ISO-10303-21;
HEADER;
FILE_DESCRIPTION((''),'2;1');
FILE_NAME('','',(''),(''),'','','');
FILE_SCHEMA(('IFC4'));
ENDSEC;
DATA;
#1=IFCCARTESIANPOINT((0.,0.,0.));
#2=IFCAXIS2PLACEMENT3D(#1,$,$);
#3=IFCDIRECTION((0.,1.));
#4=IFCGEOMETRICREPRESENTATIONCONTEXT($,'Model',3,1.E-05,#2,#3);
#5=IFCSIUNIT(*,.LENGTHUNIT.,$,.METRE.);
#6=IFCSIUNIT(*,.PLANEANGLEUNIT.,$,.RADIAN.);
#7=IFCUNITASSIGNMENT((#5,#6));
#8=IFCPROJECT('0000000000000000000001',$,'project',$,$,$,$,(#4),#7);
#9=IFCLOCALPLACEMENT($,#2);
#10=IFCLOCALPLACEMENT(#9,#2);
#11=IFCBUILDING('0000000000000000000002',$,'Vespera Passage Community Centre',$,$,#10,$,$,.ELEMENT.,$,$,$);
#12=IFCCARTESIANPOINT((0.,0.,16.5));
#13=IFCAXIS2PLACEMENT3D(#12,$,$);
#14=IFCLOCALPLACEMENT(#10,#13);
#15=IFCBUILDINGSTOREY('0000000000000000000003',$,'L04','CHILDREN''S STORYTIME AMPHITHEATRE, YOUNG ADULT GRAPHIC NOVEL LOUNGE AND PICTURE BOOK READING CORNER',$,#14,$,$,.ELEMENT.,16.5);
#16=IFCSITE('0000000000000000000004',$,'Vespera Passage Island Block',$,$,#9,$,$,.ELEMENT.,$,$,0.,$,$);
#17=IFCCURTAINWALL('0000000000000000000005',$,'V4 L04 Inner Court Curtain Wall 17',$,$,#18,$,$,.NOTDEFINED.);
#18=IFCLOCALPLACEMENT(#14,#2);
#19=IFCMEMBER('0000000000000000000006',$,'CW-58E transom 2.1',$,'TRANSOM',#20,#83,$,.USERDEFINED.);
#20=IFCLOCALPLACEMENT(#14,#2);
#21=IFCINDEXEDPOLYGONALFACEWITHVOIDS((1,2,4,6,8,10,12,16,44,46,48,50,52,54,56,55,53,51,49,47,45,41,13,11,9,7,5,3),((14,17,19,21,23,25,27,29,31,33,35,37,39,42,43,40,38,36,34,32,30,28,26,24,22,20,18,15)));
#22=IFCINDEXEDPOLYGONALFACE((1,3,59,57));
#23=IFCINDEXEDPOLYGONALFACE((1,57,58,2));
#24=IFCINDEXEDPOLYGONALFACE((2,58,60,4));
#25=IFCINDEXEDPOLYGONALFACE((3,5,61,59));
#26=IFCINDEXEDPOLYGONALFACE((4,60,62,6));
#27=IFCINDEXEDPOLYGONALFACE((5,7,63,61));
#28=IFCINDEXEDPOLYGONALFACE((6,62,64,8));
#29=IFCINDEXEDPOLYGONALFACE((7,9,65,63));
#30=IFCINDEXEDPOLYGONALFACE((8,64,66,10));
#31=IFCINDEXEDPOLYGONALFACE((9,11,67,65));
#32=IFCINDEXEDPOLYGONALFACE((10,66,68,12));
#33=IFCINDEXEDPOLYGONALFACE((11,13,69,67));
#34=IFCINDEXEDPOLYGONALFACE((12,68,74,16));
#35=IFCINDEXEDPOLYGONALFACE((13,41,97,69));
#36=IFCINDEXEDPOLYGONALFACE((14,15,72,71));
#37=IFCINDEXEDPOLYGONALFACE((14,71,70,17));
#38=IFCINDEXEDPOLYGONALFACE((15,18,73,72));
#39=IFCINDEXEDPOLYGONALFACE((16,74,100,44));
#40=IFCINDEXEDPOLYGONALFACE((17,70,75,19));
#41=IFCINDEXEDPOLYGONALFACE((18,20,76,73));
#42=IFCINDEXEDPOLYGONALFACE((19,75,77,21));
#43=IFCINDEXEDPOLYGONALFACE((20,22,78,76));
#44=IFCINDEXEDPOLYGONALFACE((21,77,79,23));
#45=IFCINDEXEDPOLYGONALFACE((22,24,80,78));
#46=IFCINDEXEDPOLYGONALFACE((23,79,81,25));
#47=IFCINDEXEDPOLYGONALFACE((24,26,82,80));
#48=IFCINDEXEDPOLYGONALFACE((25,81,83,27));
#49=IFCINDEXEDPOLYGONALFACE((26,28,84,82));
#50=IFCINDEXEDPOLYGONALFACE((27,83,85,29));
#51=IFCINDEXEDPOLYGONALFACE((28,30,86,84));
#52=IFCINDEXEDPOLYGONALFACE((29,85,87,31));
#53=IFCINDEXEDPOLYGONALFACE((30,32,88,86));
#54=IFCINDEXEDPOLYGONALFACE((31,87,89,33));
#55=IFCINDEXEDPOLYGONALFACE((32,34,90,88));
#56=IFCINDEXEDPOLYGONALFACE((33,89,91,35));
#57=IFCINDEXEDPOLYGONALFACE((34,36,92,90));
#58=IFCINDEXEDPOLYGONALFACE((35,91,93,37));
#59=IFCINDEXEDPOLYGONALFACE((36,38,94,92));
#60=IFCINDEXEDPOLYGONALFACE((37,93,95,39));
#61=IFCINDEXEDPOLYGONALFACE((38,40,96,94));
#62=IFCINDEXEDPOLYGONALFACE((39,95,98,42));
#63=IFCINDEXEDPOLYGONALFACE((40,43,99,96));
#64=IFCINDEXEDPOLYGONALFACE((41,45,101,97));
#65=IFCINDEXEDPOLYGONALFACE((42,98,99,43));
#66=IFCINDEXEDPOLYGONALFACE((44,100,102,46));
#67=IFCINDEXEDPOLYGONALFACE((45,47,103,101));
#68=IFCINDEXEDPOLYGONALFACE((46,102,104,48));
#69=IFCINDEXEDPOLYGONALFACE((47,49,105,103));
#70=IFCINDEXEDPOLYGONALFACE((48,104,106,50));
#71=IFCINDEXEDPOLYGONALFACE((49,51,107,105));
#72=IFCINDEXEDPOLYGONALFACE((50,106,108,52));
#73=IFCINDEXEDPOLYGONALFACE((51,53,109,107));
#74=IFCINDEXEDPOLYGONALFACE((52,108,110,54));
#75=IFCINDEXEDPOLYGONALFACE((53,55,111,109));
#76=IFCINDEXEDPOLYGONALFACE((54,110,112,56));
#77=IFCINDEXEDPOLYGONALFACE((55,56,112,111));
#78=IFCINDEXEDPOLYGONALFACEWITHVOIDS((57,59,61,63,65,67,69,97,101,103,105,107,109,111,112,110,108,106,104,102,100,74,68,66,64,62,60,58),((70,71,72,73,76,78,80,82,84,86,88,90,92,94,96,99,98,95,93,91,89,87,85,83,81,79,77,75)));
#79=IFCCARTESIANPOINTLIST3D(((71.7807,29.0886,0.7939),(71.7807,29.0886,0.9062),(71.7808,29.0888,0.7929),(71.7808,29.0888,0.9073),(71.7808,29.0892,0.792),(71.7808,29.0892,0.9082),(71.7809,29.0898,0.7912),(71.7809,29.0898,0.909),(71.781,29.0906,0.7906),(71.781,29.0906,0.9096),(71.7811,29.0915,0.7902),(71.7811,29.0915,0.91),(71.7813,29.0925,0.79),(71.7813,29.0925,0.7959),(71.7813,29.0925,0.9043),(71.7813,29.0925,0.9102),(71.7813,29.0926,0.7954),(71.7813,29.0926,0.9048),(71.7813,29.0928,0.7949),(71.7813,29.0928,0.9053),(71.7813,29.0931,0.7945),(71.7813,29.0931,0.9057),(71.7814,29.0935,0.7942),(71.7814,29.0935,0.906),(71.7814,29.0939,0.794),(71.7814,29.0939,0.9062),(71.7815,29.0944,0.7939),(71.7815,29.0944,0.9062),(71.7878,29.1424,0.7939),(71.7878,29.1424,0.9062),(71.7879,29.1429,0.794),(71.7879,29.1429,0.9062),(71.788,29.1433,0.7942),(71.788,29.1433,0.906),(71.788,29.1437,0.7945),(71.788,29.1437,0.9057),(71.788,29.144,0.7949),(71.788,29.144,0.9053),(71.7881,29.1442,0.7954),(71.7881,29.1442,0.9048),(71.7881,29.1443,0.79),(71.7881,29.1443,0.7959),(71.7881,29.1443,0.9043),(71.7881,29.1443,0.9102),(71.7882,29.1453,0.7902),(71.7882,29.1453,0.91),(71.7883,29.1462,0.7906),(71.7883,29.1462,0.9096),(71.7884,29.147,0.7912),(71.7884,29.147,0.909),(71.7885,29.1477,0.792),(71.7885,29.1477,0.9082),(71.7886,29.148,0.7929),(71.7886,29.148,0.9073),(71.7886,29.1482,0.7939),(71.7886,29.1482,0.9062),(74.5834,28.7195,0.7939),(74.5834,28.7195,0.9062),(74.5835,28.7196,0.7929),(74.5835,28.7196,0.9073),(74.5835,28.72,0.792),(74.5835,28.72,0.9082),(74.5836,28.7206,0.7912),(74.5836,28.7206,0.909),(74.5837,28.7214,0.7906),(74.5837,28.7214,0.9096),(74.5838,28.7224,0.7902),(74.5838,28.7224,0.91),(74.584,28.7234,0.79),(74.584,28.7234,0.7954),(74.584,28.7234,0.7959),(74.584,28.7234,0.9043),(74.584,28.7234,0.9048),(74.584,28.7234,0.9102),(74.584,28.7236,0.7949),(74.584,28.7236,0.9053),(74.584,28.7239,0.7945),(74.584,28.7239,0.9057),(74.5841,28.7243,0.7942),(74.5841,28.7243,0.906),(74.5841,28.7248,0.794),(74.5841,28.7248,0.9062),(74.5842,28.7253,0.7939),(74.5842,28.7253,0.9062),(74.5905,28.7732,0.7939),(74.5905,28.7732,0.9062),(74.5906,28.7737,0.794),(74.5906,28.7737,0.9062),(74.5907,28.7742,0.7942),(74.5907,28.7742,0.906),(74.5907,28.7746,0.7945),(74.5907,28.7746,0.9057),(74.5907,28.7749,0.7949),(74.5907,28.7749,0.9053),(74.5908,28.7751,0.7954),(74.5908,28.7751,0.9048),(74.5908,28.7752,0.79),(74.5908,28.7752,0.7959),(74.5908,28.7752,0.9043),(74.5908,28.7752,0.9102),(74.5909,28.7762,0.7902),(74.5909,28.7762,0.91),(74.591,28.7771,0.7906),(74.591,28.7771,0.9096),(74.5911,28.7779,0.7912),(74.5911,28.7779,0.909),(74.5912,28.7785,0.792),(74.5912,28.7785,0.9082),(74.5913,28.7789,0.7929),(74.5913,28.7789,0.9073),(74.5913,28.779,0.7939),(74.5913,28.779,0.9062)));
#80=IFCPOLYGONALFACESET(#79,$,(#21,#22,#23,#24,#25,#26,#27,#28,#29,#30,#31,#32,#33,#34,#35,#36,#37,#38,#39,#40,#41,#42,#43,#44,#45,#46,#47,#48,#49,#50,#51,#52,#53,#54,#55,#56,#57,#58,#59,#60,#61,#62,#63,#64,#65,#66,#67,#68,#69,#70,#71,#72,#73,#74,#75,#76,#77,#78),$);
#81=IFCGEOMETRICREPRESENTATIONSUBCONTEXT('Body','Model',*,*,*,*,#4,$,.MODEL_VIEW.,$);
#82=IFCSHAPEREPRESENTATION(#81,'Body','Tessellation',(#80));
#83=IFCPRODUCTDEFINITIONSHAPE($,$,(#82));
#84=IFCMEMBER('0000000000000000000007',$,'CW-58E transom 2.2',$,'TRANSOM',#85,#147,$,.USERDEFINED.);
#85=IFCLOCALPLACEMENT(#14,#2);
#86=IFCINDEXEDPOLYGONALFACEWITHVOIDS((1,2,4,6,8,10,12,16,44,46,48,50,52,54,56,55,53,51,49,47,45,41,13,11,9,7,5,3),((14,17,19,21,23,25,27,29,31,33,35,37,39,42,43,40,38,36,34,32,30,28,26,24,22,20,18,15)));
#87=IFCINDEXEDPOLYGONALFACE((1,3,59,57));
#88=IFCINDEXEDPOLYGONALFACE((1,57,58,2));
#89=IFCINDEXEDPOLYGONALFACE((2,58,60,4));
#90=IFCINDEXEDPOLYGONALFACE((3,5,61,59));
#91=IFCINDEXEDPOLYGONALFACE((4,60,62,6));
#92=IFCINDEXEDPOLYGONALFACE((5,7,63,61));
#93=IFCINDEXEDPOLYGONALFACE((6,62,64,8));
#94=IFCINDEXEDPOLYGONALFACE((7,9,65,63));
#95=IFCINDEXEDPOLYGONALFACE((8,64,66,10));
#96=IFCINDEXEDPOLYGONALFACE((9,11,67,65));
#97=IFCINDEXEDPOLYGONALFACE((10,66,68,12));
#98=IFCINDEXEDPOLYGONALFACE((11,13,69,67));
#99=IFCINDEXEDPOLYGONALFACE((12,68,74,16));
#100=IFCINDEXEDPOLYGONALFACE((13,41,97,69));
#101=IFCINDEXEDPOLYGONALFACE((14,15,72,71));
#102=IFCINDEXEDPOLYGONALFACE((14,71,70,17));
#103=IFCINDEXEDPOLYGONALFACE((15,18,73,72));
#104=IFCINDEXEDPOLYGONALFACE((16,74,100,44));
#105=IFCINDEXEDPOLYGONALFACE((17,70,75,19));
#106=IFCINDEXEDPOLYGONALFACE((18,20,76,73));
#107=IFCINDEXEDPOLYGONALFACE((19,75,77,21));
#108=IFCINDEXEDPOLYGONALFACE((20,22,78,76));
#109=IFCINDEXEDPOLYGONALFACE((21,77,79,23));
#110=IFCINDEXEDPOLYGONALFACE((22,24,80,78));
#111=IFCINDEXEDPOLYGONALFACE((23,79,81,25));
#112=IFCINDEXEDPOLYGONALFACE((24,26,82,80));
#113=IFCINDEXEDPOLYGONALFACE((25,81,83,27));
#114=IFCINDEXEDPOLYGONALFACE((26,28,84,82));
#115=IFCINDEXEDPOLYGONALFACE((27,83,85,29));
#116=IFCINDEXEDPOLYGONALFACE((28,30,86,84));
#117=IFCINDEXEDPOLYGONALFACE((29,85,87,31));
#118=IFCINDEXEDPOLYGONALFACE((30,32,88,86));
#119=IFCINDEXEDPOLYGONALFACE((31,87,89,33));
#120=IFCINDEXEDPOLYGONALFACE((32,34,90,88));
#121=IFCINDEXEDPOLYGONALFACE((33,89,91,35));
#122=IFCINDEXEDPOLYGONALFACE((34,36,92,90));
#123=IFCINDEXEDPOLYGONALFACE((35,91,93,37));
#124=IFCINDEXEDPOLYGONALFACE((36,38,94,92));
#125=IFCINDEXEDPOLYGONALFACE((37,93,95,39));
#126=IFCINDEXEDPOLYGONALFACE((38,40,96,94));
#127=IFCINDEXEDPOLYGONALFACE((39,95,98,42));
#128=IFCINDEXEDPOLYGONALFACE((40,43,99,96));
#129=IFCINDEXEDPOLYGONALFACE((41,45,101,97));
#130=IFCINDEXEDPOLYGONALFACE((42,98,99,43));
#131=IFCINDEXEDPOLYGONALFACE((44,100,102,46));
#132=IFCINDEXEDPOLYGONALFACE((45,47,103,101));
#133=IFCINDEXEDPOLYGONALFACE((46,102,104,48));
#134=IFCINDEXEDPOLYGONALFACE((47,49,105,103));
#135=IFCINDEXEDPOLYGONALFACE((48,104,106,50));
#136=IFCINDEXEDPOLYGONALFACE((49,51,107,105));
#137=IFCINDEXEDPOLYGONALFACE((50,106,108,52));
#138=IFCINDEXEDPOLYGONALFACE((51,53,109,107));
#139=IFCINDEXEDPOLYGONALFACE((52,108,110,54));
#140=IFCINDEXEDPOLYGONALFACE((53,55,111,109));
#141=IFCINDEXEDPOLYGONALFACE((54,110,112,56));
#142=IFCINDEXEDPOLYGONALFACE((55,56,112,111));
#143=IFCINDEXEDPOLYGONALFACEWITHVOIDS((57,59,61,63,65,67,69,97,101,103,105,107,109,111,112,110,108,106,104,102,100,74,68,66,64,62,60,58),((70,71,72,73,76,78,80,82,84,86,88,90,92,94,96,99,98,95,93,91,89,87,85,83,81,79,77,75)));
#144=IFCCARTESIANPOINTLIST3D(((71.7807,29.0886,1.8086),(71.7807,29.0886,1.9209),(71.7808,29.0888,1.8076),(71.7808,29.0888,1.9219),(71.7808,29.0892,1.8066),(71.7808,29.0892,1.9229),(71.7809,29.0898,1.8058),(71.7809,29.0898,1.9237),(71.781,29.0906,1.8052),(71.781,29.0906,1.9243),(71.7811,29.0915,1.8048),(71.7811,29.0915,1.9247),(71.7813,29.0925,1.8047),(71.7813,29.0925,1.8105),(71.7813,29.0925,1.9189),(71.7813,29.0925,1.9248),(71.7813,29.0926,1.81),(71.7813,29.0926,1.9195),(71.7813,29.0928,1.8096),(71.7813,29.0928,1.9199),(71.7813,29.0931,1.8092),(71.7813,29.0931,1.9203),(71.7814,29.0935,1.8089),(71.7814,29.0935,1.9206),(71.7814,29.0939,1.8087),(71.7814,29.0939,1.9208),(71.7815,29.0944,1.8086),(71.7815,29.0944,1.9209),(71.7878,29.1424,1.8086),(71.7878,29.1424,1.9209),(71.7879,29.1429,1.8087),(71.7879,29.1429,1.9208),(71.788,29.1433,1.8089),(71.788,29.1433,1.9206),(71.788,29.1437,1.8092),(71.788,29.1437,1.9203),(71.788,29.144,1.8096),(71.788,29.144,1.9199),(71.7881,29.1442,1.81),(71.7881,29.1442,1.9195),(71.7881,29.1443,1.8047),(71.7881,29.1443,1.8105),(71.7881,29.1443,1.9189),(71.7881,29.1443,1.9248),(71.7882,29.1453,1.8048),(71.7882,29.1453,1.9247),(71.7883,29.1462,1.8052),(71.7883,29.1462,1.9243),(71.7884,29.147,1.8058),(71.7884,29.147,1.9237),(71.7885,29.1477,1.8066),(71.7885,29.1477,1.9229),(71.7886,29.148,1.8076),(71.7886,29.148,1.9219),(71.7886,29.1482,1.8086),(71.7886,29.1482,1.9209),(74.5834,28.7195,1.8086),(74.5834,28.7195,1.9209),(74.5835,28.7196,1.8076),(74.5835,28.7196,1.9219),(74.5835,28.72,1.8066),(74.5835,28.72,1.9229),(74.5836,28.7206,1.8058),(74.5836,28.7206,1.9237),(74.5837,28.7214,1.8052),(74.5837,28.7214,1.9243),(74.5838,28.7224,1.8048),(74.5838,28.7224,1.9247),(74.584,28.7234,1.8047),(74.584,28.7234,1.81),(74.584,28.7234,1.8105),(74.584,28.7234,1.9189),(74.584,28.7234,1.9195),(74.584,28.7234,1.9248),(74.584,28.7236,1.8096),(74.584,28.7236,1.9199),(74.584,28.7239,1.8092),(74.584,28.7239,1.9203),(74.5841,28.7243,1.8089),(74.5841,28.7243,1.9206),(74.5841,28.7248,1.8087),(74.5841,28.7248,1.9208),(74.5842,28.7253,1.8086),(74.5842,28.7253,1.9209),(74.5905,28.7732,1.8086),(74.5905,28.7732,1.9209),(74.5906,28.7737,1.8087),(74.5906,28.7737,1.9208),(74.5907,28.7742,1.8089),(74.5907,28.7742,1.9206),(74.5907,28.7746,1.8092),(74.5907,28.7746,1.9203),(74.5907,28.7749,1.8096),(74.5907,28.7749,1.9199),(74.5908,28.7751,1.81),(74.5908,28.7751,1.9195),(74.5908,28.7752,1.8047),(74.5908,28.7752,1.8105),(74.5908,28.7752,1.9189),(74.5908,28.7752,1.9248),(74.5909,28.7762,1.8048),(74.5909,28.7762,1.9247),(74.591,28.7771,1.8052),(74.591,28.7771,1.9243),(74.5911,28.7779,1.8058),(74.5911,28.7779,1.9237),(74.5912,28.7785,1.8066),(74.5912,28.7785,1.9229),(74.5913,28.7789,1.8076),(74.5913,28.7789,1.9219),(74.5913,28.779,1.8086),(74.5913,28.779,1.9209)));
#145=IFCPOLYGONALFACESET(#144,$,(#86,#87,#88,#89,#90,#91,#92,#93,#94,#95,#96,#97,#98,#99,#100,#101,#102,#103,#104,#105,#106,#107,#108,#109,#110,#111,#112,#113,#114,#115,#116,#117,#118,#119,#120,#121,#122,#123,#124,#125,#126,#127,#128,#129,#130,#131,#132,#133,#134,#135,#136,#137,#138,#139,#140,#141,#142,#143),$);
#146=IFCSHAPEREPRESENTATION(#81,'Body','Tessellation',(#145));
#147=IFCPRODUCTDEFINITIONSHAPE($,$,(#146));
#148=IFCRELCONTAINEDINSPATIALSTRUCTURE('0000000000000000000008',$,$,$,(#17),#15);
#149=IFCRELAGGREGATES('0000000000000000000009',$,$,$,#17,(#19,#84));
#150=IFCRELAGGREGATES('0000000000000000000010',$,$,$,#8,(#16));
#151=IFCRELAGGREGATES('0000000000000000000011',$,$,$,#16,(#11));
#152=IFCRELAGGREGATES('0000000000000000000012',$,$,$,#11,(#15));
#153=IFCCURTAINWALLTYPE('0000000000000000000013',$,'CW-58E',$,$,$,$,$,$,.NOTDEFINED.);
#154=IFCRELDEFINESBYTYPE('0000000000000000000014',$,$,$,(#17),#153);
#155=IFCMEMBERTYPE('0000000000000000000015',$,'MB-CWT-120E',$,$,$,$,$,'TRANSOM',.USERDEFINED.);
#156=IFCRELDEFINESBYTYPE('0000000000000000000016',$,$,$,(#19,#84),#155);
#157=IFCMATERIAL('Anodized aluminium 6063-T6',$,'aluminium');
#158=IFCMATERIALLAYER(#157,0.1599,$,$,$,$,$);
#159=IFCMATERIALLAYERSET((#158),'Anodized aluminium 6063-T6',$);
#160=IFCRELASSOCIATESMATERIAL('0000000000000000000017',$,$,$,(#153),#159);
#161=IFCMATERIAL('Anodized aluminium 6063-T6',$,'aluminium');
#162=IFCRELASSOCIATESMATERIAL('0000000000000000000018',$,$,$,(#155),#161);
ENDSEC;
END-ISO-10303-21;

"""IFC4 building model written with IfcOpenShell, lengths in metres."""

from ifc_helpers import new_model, si_unit, direction, frame, origin, origin_2d, place, context, subcontext, project, spatial, hollow_rectangle, extrude, material, layer, layer_set, material_profile, profile_set, type_object, element, aggregate, save


model = new_model("IFC4")

# Units and contexts
model_context = context("Model", 3, precision=1e-05, world=origin(), true_north=direction((0.0, 1.0)))
body_context = subcontext(model_context, "Body", "Model", "MODEL_VIEW")
ifc_project = project(units=[si_unit("LENGTHUNIT", "METRE"), si_unit("PLANEANGLEUNIT", "RADIAN")], contexts=[model_context])

# Site, building, storey
site_placement = place(None, origin())
site = spatial("IfcSite", under=ifc_project, at=site_placement, Name="Vespera Passage Island Block", CompositionType="ELEMENT", RefElevation=0.0)
building_placement = place(site_placement, origin())
building = spatial("IfcBuilding", under=site, at=building_placement, Name="Vespera Passage Community Centre", CompositionType="ELEMENT")
storey_placement = place(building_placement, frame((0.0, 0.0, 16.5)))
storey = spatial("IfcBuildingStorey", under=building, at=storey_placement, Name="L04", Description="CHILDREN'S STORYTIME AMPHITHEATRE, YOUNG ADULT GRAPHIC NOVEL LOUNGE AND PICTURE BOOK READING CORNER", CompositionType="ELEMENT", Elevation=16.5)

# Curtain wall
ifc_material_1 = material(Name="Anodized aluminium 6063-T6", Category="aluminium")
ifc_layer_1 = layer(ifc_material_1, 0.1599)
ifc_layer_set_1 = layer_set([ifc_layer_1], Name="Anodized aluminium 6063-T6")
curtain_wall_type_1 = type_object("IfcCurtainWallType", Name="CW-58E", PredefinedType="NOTDEFINED", material=ifc_layer_set_1)
curtain_wall_1_placement = place(storey_placement, origin())
curtain_wall_1 = element("IfcCurtainWall", 1, at=curtain_wall_1_placement, inside=storey, type_object=curtain_wall_type_1, Name="V4 L04 Inner Court Curtain Wall 17", PredefinedType="NOTDEFINED")

# Members
ifc_material_2 = material(Name="Anodized aluminium 6063-T6", Category="aluminium")
ifc_material_profile_1 = material_profile(ifc_material_2, hollow_rectangle(XDim=0.0601, YDim=0.1201, WallThickness=0.0039, InnerFilletRadius=0.002, OuterFilletRadius=0.0039, at=origin_2d()), Name="ALU120X60X4")
ifc_profile_set_1 = profile_set([ifc_material_profile_1], Name="Anodized aluminium 6063-T6")
member_type_1 = type_object("IfcMemberType", Name="MB-CWT-120E", ElementType="TRANSOM", PredefinedType="USERDEFINED", material=ifc_profile_set_1)
member_1_placement = place(storey_placement, frame((71.7847, 29.1184, 0.8501), z_axis=(0.991438, -0.13058, 0.0), x_axis=(0.13058, 0.991438, 0.0)))
member_1 = element("IfcMember", 2, at=member_1_placement, type_object=member_type_1, Name="CW-58E transom 2.1", ObjectType="TRANSOM", PredefinedType="USERDEFINED", context=body_context, shape_type="SweptSolid", body=[
    extrude(hollow_rectangle(XDim=0.0601, YDim=0.1201, WallThickness=0.0039, InnerFilletRadius=0.002, OuterFilletRadius=0.0039, at=origin_2d()), origin(), (0.0, 0.0, 1.0), 2.8269),
])
member_2_placement = place(storey_placement, frame((71.7847, 29.1184, 1.8647), z_axis=(0.991438, -0.13058, 0.0), x_axis=(0.13058, 0.991438, 0.0)))
member_2 = element("IfcMember", 3, at=member_2_placement, type_object=member_type_1, Name="CW-58E transom 2.2", ObjectType="TRANSOM", PredefinedType="USERDEFINED", context=body_context, shape_type="SweptSolid", body=[
    extrude(hollow_rectangle(XDim=0.0601, YDim=0.1201, WallThickness=0.0039, InnerFilletRadius=0.002, OuterFilletRadius=0.0039, at=origin_2d()), origin(), (0.0, 0.0, 1.0), 2.8269),
])

aggregate(curtain_wall_1, [member_1, member_2])

save(model, "model.ifc")
